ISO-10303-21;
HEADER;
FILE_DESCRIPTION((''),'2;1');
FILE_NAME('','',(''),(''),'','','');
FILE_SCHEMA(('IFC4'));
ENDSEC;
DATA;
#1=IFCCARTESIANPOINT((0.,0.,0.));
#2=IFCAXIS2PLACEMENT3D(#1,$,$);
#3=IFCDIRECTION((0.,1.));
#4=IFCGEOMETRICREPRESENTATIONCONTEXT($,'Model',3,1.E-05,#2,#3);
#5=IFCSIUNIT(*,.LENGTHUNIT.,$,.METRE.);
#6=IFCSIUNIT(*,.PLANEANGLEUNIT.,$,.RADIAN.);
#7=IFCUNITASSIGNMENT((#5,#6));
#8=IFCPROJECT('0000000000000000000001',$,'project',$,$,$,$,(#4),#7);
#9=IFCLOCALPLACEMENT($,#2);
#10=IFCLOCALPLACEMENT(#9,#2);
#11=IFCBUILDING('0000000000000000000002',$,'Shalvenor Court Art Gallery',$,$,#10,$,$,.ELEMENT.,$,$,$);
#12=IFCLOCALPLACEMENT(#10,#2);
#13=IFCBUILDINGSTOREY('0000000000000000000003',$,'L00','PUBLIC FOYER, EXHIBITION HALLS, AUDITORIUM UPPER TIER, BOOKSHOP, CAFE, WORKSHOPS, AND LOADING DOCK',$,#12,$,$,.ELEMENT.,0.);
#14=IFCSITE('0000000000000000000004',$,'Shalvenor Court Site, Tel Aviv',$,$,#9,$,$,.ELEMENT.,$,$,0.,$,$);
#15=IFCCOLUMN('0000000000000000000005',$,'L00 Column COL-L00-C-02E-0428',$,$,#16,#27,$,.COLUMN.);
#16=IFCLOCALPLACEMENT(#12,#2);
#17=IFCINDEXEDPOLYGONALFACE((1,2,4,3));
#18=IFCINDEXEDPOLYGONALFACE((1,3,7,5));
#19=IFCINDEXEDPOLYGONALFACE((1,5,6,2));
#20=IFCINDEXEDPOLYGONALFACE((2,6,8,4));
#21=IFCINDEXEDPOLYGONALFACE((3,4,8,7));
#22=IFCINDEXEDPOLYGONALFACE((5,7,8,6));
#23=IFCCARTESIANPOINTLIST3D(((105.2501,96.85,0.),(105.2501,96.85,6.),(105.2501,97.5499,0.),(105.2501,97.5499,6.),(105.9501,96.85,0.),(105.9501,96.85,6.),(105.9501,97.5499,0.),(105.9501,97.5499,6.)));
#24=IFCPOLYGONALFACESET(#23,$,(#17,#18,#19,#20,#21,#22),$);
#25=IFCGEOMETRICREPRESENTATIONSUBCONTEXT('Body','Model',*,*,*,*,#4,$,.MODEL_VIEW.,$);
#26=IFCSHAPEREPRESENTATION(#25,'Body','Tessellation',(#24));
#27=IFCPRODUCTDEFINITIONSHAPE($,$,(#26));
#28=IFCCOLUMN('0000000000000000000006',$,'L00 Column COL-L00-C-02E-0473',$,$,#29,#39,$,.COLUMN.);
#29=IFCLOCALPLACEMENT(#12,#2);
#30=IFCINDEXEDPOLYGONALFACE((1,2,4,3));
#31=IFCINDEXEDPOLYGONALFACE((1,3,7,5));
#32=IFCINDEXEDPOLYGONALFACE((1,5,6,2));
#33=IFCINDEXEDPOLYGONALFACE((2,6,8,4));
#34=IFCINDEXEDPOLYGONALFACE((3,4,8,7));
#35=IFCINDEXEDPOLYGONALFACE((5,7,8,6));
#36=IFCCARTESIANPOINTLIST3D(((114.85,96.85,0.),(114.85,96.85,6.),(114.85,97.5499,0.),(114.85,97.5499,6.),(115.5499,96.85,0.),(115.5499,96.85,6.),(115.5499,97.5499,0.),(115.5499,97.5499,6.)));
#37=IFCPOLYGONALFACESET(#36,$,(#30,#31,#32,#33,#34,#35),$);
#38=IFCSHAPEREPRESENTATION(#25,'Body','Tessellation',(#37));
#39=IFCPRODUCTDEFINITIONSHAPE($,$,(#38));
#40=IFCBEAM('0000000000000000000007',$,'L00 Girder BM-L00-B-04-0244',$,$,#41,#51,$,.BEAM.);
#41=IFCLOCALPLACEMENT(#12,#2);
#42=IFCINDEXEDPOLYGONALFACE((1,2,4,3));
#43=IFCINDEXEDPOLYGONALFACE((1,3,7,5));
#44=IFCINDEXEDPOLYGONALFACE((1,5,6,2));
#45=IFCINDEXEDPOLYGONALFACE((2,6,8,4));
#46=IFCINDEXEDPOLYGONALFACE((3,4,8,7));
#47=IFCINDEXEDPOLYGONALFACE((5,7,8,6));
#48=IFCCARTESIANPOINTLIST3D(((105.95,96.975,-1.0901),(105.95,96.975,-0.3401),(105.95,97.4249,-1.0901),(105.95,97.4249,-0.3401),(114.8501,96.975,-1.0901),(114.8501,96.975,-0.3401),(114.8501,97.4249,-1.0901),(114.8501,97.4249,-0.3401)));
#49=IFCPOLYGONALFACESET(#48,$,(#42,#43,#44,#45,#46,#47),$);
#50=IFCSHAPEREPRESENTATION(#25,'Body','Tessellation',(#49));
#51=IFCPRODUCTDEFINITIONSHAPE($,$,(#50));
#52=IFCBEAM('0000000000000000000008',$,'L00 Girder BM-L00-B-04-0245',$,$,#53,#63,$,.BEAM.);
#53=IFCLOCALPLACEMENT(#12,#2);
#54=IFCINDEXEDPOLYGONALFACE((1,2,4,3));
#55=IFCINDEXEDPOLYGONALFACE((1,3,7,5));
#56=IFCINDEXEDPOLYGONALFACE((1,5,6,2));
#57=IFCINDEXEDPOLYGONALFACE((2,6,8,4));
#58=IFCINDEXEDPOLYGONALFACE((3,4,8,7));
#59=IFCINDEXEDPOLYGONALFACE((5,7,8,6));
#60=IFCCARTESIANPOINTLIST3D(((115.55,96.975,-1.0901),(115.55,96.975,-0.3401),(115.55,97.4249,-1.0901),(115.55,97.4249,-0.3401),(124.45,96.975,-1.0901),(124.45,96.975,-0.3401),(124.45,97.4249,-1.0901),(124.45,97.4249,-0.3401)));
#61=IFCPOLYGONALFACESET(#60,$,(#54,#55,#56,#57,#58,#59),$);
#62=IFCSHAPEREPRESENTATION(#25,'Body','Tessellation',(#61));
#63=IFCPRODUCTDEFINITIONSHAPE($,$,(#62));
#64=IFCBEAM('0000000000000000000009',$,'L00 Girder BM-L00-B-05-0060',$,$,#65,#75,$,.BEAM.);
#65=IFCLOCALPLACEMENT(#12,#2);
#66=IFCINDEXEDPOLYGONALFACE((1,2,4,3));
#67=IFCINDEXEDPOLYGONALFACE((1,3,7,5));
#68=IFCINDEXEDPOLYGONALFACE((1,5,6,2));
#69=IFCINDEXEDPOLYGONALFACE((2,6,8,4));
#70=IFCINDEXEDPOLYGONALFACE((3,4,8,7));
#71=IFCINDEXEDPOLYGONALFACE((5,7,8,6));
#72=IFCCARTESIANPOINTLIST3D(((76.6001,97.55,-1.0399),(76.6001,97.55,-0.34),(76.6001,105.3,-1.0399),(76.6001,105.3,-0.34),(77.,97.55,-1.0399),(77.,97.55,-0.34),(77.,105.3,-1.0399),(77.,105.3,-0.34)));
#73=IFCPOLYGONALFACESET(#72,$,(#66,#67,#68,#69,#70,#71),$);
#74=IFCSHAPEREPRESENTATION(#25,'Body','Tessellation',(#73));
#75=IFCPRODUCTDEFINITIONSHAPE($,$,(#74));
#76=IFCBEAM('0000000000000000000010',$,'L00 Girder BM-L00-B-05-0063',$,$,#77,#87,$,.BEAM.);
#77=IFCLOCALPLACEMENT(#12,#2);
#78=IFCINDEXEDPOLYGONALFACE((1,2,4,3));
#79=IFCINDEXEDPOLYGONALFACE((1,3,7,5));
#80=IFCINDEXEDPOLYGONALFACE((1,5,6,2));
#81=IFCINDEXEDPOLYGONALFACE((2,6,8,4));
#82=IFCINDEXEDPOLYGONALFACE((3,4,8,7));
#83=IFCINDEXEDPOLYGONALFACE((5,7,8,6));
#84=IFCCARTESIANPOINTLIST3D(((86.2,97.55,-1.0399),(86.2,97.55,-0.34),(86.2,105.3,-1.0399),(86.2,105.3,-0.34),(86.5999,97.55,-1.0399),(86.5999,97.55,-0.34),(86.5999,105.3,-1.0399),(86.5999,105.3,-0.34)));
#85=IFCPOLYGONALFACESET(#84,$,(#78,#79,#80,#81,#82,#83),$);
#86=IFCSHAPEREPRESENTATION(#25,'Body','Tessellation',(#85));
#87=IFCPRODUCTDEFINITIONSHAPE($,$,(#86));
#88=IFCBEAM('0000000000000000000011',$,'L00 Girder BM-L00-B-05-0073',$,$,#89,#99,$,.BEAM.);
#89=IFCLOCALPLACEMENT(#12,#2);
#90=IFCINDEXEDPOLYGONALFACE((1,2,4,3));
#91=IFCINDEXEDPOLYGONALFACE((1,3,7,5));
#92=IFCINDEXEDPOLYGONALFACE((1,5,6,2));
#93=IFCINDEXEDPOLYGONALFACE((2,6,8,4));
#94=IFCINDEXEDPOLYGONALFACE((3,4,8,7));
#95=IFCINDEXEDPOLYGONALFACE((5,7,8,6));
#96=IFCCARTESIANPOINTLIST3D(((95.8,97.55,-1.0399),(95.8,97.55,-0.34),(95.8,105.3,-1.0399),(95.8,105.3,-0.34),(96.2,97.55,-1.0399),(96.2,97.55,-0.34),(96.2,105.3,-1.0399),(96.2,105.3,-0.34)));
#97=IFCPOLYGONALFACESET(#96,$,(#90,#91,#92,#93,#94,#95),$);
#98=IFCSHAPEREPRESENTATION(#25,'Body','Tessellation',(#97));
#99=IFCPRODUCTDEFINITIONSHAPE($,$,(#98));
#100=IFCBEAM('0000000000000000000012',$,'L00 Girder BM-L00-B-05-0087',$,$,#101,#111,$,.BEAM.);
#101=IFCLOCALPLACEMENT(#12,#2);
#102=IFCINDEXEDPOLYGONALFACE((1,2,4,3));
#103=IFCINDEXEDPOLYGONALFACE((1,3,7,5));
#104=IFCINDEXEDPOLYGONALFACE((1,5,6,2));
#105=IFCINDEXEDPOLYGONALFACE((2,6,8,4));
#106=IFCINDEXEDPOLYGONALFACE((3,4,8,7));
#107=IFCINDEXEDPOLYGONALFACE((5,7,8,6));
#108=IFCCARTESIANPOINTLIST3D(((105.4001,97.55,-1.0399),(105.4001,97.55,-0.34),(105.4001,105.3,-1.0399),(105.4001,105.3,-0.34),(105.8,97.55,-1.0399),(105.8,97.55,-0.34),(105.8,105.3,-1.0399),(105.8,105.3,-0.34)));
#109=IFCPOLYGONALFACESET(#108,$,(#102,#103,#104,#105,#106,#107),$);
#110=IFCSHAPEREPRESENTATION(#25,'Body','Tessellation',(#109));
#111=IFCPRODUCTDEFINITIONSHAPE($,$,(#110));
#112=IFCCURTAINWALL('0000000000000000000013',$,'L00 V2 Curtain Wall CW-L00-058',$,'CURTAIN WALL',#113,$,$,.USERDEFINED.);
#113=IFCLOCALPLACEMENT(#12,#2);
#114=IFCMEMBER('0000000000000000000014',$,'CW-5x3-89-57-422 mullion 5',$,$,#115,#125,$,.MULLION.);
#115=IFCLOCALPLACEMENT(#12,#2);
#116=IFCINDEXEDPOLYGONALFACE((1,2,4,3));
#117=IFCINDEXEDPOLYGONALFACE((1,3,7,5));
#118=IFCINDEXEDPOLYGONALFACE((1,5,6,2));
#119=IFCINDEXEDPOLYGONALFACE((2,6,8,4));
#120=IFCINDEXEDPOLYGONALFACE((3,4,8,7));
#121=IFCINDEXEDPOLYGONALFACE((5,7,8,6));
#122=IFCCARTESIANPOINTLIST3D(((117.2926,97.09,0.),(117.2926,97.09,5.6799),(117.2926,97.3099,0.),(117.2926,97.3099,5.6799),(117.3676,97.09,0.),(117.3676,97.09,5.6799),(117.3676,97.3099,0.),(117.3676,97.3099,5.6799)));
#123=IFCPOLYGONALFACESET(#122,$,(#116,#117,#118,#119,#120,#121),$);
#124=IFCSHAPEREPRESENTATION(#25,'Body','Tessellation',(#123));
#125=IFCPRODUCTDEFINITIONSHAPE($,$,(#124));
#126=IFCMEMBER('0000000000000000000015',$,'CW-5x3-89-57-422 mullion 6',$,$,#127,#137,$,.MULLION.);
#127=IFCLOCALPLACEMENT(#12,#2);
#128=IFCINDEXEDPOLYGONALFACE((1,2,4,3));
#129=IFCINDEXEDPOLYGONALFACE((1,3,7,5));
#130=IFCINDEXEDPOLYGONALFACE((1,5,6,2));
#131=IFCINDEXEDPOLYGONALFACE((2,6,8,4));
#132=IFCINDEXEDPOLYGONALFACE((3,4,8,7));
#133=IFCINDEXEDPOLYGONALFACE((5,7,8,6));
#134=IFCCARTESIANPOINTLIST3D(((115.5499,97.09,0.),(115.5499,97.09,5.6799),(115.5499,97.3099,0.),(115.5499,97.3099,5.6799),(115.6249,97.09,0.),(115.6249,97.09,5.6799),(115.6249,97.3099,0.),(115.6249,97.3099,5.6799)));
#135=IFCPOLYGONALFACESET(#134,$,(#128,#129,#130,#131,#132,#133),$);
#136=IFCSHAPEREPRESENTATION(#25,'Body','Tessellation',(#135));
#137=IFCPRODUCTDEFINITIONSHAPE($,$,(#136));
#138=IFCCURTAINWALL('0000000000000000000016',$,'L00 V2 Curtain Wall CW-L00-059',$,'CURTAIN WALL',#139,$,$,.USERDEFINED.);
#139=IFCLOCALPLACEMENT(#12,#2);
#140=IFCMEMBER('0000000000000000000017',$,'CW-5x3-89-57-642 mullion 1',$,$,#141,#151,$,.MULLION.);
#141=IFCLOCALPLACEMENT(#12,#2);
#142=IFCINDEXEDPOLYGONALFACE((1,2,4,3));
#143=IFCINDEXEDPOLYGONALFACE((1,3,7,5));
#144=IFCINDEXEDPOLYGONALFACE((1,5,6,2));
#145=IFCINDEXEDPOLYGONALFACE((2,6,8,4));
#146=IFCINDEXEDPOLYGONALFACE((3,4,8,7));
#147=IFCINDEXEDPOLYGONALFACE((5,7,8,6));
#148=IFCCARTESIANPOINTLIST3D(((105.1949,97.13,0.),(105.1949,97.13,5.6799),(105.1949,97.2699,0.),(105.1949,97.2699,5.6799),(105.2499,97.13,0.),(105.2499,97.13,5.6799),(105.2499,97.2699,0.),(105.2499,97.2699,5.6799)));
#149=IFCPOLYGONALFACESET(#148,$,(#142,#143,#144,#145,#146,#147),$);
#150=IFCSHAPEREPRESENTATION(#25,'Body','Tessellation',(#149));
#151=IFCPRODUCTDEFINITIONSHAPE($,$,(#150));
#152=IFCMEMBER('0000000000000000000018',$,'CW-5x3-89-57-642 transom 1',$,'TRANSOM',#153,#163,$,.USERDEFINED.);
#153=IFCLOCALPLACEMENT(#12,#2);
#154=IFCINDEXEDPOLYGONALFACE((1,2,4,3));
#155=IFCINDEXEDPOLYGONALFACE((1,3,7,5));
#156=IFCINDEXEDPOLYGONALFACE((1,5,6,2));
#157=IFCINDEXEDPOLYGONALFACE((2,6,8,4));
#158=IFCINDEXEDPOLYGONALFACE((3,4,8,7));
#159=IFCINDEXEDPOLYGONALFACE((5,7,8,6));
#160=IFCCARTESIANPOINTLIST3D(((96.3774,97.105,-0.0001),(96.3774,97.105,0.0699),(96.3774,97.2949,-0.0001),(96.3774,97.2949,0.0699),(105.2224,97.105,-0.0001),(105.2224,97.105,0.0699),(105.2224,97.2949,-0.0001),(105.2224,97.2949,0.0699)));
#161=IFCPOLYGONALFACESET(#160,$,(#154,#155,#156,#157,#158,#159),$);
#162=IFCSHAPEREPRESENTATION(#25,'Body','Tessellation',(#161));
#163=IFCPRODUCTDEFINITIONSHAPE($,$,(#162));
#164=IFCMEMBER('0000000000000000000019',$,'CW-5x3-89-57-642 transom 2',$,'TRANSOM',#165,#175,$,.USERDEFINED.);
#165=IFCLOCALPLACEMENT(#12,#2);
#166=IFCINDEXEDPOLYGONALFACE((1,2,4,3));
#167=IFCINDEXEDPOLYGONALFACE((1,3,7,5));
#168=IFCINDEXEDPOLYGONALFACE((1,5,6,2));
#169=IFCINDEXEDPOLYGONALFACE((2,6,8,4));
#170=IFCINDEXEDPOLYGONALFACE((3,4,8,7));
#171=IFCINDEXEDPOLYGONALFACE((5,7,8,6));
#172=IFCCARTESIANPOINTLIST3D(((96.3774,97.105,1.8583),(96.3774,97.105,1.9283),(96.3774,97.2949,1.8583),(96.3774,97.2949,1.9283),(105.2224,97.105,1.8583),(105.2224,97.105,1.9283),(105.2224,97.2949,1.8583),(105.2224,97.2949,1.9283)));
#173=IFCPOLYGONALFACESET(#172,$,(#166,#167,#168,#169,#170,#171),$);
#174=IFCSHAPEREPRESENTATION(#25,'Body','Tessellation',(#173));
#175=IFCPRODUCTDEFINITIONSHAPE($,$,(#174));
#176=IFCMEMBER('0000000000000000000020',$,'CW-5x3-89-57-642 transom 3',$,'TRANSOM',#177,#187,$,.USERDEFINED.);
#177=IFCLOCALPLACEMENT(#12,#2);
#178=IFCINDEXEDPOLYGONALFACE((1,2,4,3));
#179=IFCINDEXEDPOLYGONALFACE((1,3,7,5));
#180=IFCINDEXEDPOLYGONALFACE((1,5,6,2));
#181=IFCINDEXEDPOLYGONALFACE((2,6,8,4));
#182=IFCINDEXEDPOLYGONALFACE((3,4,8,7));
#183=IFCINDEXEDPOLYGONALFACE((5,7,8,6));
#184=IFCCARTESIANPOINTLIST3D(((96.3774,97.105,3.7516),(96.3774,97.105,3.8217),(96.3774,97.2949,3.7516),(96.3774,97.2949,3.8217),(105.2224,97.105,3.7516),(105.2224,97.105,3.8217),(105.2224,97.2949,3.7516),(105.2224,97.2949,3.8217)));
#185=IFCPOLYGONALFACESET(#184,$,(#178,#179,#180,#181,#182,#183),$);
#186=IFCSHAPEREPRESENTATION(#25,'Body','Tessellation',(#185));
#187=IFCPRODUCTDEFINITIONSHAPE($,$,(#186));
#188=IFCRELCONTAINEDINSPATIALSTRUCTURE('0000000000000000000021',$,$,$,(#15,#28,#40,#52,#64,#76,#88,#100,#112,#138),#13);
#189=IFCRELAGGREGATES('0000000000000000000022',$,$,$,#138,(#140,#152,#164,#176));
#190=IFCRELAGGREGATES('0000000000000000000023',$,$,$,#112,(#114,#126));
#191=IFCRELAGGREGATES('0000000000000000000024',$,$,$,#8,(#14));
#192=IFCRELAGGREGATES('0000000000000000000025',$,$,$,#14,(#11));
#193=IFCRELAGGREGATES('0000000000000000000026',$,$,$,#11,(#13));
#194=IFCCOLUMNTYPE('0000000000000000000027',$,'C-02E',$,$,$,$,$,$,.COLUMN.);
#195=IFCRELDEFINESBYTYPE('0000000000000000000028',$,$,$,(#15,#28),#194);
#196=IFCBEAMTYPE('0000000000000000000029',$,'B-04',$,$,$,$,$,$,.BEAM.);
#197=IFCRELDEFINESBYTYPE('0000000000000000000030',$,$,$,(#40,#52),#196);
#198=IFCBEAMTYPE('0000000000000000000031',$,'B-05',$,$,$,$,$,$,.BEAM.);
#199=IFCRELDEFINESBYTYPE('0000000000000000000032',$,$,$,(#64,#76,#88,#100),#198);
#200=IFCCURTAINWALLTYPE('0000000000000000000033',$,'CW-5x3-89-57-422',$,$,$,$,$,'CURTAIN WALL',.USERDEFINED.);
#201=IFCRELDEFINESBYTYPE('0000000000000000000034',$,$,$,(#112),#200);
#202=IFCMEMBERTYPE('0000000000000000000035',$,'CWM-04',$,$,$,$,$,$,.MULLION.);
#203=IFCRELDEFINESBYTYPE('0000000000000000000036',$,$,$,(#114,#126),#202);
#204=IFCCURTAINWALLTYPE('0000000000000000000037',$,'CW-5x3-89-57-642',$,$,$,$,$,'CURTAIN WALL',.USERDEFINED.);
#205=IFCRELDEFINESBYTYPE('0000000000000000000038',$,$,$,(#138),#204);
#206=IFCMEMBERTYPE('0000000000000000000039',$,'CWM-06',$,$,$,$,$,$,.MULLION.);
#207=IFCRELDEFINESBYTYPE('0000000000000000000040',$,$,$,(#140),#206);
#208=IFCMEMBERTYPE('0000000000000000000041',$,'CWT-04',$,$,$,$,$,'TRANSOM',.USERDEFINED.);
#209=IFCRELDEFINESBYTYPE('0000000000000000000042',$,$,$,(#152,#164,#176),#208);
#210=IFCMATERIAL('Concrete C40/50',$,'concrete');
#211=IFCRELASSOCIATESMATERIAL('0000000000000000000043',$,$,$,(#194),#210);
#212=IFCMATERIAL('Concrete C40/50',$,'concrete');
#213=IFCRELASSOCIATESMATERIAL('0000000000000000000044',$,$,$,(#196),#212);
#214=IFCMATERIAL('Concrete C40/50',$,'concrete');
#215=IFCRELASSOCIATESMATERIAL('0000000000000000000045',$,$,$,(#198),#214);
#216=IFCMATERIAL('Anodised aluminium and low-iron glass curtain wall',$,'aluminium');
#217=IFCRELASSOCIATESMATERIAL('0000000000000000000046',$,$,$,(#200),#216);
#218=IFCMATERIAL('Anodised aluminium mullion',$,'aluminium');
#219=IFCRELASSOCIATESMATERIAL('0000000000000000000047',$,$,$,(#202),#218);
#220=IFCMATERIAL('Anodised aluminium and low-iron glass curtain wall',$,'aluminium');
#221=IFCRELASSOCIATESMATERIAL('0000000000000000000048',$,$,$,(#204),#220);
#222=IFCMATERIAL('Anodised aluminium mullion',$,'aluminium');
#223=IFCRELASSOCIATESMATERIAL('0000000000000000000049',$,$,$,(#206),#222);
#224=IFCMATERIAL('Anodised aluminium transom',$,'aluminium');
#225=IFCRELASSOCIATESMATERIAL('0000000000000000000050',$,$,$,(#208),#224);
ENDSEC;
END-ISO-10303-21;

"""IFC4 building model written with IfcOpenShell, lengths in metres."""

from ifc_helpers import new_model, si_unit, direction, frame, origin, origin_2d, place, context, subcontext, project, spatial, rectangle, extrude, material, material_profile, profile_set, type_object, element, aggregate, save


model = new_model("IFC4")

# Units and contexts
model_context = context("Model", 3, precision=1e-05, world=origin(), true_north=direction((0.0, 1.0)))
body_context = subcontext(model_context, "Body", "Model", "MODEL_VIEW")
ifc_project = project(units=[si_unit("LENGTHUNIT", "METRE"), si_unit("PLANEANGLEUNIT", "RADIAN")], contexts=[model_context])

# Site, building, storey
site_placement = place(None, origin())
site = spatial("IfcSite", under=ifc_project, at=site_placement, Name="Shalvenor Court Site, Tel Aviv", CompositionType="ELEMENT", RefElevation=0.0)
building_placement = place(site_placement, origin())
building = spatial("IfcBuilding", under=site, at=building_placement, Name="Shalvenor Court Art Gallery", CompositionType="ELEMENT")
storey_placement = place(building_placement, origin())
storey = spatial("IfcBuildingStorey", under=building, at=storey_placement, Name="L00", Description="PUBLIC FOYER, EXHIBITION HALLS, AUDITORIUM UPPER TIER, BOOKSHOP, CAFE, WORKSHOPS, AND LOADING DOCK", CompositionType="ELEMENT", Elevation=0.0)

# Columns
ifc_material_1 = material(Name="Concrete C40/50", Category="concrete")
ifc_material_profile_1 = material_profile(ifc_material_1, rectangle(XDim=0.7, YDim=0.7, at=origin_2d()), Name="RC 700x700")
ifc_profile_set_1 = profile_set([ifc_material_profile_1], Name="Concrete C40/50")
column_type = type_object("IfcColumnType", Name="C-02E", PredefinedType="COLUMN", material=ifc_profile_set_1)
for number, where, z_axis, x_axis, name in (
    (1, (105.6001, 97.2, 0.0), (0.0, 0.0, 1.0), (1.0, 0.0, 0.0), "L00 Column COL-L00-C-02E-0428"),
    (2, (115.2, 97.2, 0.0), (0.0, 0.0, 1.0), (1.0, 0.0, 0.0), "L00 Column COL-L00-C-02E-0473"),
):
    element("IfcColumn", number, at=place(storey_placement, frame(where, z_axis=z_axis, x_axis=x_axis)), inside=storey, type_object=column_type, Name=name, PredefinedType="COLUMN", context=body_context, shape_type="SweptSolid", body=[
        extrude(rectangle(XDim=0.7, YDim=0.7, at=origin_2d()), origin(), (0.0, 0.0, 1.0), 6.0),
    ])

# Beams
ifc_material_2 = material(Name="Concrete C40/50", Category="concrete")
ifc_material_profile_2 = material_profile(ifc_material_2, rectangle(XDim=0.45, YDim=0.75, at=origin_2d()), Name="RC 450x750")
ifc_profile_set_2 = profile_set([ifc_material_profile_2], Name="Concrete C40/50")
beam_type_1 = type_object("IfcBeamType", Name="B-04", PredefinedType="BEAM", material=ifc_profile_set_2)
beam_1_placement = place(storey_placement, frame((105.95, 97.2, -0.7151), z_axis=(1.0, 0.0, 0.0), x_axis=(0.0, 1.0, 0.0)))
element("IfcBeam", 3, at=beam_1_placement, inside=storey, type_object=beam_type_1, Name="L00 Girder BM-L00-B-04-0244", PredefinedType="BEAM", context=body_context, shape_type="SweptSolid", body=[
    extrude(rectangle(XDim=0.45, YDim=0.75, at=origin_2d()), origin(), (0.0, 0.0, 1.0), 8.9001),
])
beam_2_placement = place(storey_placement, frame((115.55, 97.2, -0.7151), z_axis=(1.0, 0.0, 0.0), x_axis=(0.0, 1.0, 0.0)))
element("IfcBeam", 4, at=beam_2_placement, inside=storey, type_object=beam_type_1, Name="L00 Girder BM-L00-B-04-0245", PredefinedType="BEAM", context=body_context, shape_type="SweptSolid", body=[
    extrude(rectangle(XDim=0.45, YDim=0.75, at=origin_2d()), origin(), (0.0, 0.0, 1.0), 8.8999),
])
ifc_material_3 = material(Name="Concrete C40/50", Category="concrete")
ifc_material_profile_3 = material_profile(ifc_material_3, rectangle(XDim=0.3999, YDim=0.7, at=origin_2d()), Name="RC 400x700")
ifc_profile_set_3 = profile_set([ifc_material_profile_3], Name="Concrete C40/50")
beam_type_2 = type_object("IfcBeamType", Name="B-05", PredefinedType="BEAM", material=ifc_profile_set_3)
for number, where, z_axis, x_axis, name in (
    (5, (76.8, 97.55, -0.6899), (0.0, 1.0, 0.0), (-1.0, 0.0, 0.0), "L00 Girder BM-L00-B-05-0060"),
    (6, (86.3999, 97.55, -0.6899), (0.0, 1.0, 0.0), (-1.0, 0.0, 0.0), "L00 Girder BM-L00-B-05-0063"),
    (7, (96.0, 97.55, -0.6899), (0.0, 1.0, 0.0), (-1.0, 0.0, 0.0), "L00 Girder BM-L00-B-05-0073"),
    (8, (105.6001, 97.55, -0.6899), (0.0, 1.0, 0.0), (-1.0, 0.0, 0.0), "L00 Girder BM-L00-B-05-0087"),
):
    element("IfcBeam", number, at=place(storey_placement, frame(where, z_axis=z_axis, x_axis=x_axis)), inside=storey, type_object=beam_type_2, Name=name, PredefinedType="BEAM", context=body_context, shape_type="SweptSolid", body=[
        extrude(rectangle(XDim=0.3999, YDim=0.7, at=origin_2d()), origin(), (0.0, 0.0, 1.0), 7.75),
    ])

# Curtain walls, members
ifc_material_4 = material(Name="Anodised aluminium and low-iron glass curtain wall", Category="aluminium")
curtain_wall_type_1 = type_object("IfcCurtainWallType", Name="CW-5x3-89-57-422", ElementType="CURTAIN WALL", PredefinedType="USERDEFINED", material=ifc_material_4)
curtain_wall_1_placement = place(storey_placement, origin())
curtain_wall_1 = element("IfcCurtainWall", 9, at=curtain_wall_1_placement, inside=storey, type_object=curtain_wall_type_1, Name="L00 V2 Curtain Wall CW-L00-058", ObjectType="CURTAIN WALL", PredefinedType="USERDEFINED")
ifc_material_5 = material(Name="Anodised aluminium mullion", Category="aluminium")
ifc_material_profile_4 = material_profile(ifc_material_5, rectangle(XDim=0.075, YDim=0.22, at=origin_2d()), Name="CWM-04")
ifc_profile_set_4 = profile_set([ifc_material_profile_4], Name="Anodised aluminium mullion")
member_type_1 = type_object("IfcMemberType", Name="CWM-04", PredefinedType="MULLION", material=ifc_profile_set_4)
member_1_placement = place(storey_placement, frame((117.3301, 97.2, 0.0), z_axis=(0.0, 0.0, 1.0), x_axis=(-1.0, 0.0, 0.0)))
member_1 = element("IfcMember", 10, at=member_1_placement, type_object=member_type_1, Name="CW-5x3-89-57-422 mullion 5", PredefinedType="MULLION", context=body_context, shape_type="SweptSolid", body=[
    extrude(rectangle(XDim=0.075, YDim=0.22, at=origin_2d()), origin(), (0.0, 0.0, 1.0), 5.6799),
])
member_2_placement = place(storey_placement, frame((115.5874, 97.2, 0.0), z_axis=(0.0, 0.0, 1.0), x_axis=(-1.0, 0.0, 0.0)))
member_2 = element("IfcMember", 11, at=member_2_placement, type_object=member_type_1, Name="CW-5x3-89-57-422 mullion 6", PredefinedType="MULLION", context=body_context, shape_type="SweptSolid", body=[
    extrude(rectangle(XDim=0.075, YDim=0.22, at=origin_2d()), origin(), (0.0, 0.0, 1.0), 5.6799),
])
ifc_material_6 = material(Name="Anodised aluminium and low-iron glass curtain wall", Category="aluminium")
curtain_wall_type_2 = type_object("IfcCurtainWallType", Name="CW-5x3-89-57-642", ElementType="CURTAIN WALL", PredefinedType="USERDEFINED", material=ifc_material_6)
curtain_wall_2_placement = place(storey_placement, origin())
curtain_wall_2 = element("IfcCurtainWall", 12, at=curtain_wall_2_placement, inside=storey, type_object=curtain_wall_type_2, Name="L00 V2 Curtain Wall CW-L00-059", ObjectType="CURTAIN WALL", PredefinedType="USERDEFINED")
ifc_material_7 = material(Name="Anodised aluminium mullion", Category="aluminium")
ifc_material_profile_5 = material_profile(ifc_material_7, rectangle(XDim=0.0549, YDim=0.1399, at=origin_2d()), Name="CWM-06")
ifc_profile_set_5 = profile_set([ifc_material_profile_5], Name="Anodised aluminium mullion")
member_type_2 = type_object("IfcMemberType", Name="CWM-06", PredefinedType="MULLION", material=ifc_profile_set_5)
member_3_placement = place(storey_placement, frame((105.2224, 97.2, 0.0), z_axis=(0.0, 0.0, 1.0), x_axis=(-1.0, 0.0, 0.0)))
member_3 = element("IfcMember", 13, at=member_3_placement, type_object=member_type_2, Name="CW-5x3-89-57-642 mullion 1", PredefinedType="MULLION", context=body_context, shape_type="SweptSolid", body=[
    extrude(rectangle(XDim=0.0549, YDim=0.1399, at=origin_2d()), origin(), (0.0, 0.0, 1.0), 5.6799),
])
ifc_material_8 = material(Name="Anodised aluminium transom", Category="aluminium")
ifc_material_profile_6 = material_profile(ifc_material_8, rectangle(XDim=0.1899, YDim=0.0701, at=origin_2d()), Name="CWT-04")
ifc_profile_set_6 = profile_set([ifc_material_profile_6], Name="Anodised aluminium transom")
member_type_3 = type_object("IfcMemberType", Name="CWT-04", ElementType="TRANSOM", PredefinedType="USERDEFINED", material=ifc_profile_set_6)
member_4_placement = place(storey_placement, frame((105.2224, 97.2, 0.0349), z_axis=(-1.0, 0.0, 0.0), x_axis=(0.0, -1.0, 0.0)))
member_4 = element("IfcMember", 14, at=member_4_placement, type_object=member_type_3, Name="CW-5x3-89-57-642 transom 1", ObjectType="TRANSOM", PredefinedType="USERDEFINED", context=body_context, shape_type="SweptSolid", body=[
    extrude(rectangle(XDim=0.1899, YDim=0.0701, at=origin_2d()), origin(), (0.0, 0.0, 1.0), 8.845),
])
member_5_placement = place(storey_placement, frame((105.2224, 97.2, 1.8933), z_axis=(-1.0, 0.0, 0.0), x_axis=(0.0, -1.0, 0.0)))
member_5 = element("IfcMember", 15, at=member_5_placement, type_object=member_type_3, Name="CW-5x3-89-57-642 transom 2", ObjectType="TRANSOM", PredefinedType="USERDEFINED", context=body_context, shape_type="SweptSolid", body=[
    extrude(rectangle(XDim=0.1899, YDim=0.0701, at=origin_2d()), origin(), (0.0, 0.0, 1.0), 8.845),
])
member_6_placement = place(storey_placement, frame((105.2224, 97.2, 3.7866), z_axis=(-1.0, 0.0, 0.0), x_axis=(0.0, -1.0, 0.0)))
member_6 = element("IfcMember", 16, at=member_6_placement, type_object=member_type_3, Name="CW-5x3-89-57-642 transom 3", ObjectType="TRANSOM", PredefinedType="USERDEFINED", context=body_context, shape_type="SweptSolid", body=[
    extrude(rectangle(XDim=0.1899, YDim=0.0701, at=origin_2d()), origin(), (0.0, 0.0, 1.0), 8.845),
])
aggregate(curtain_wall_2, [member_3, member_4, member_5, member_6])

aggregate(curtain_wall_1, [member_1, member_2])

save(model, "model.ifc")
